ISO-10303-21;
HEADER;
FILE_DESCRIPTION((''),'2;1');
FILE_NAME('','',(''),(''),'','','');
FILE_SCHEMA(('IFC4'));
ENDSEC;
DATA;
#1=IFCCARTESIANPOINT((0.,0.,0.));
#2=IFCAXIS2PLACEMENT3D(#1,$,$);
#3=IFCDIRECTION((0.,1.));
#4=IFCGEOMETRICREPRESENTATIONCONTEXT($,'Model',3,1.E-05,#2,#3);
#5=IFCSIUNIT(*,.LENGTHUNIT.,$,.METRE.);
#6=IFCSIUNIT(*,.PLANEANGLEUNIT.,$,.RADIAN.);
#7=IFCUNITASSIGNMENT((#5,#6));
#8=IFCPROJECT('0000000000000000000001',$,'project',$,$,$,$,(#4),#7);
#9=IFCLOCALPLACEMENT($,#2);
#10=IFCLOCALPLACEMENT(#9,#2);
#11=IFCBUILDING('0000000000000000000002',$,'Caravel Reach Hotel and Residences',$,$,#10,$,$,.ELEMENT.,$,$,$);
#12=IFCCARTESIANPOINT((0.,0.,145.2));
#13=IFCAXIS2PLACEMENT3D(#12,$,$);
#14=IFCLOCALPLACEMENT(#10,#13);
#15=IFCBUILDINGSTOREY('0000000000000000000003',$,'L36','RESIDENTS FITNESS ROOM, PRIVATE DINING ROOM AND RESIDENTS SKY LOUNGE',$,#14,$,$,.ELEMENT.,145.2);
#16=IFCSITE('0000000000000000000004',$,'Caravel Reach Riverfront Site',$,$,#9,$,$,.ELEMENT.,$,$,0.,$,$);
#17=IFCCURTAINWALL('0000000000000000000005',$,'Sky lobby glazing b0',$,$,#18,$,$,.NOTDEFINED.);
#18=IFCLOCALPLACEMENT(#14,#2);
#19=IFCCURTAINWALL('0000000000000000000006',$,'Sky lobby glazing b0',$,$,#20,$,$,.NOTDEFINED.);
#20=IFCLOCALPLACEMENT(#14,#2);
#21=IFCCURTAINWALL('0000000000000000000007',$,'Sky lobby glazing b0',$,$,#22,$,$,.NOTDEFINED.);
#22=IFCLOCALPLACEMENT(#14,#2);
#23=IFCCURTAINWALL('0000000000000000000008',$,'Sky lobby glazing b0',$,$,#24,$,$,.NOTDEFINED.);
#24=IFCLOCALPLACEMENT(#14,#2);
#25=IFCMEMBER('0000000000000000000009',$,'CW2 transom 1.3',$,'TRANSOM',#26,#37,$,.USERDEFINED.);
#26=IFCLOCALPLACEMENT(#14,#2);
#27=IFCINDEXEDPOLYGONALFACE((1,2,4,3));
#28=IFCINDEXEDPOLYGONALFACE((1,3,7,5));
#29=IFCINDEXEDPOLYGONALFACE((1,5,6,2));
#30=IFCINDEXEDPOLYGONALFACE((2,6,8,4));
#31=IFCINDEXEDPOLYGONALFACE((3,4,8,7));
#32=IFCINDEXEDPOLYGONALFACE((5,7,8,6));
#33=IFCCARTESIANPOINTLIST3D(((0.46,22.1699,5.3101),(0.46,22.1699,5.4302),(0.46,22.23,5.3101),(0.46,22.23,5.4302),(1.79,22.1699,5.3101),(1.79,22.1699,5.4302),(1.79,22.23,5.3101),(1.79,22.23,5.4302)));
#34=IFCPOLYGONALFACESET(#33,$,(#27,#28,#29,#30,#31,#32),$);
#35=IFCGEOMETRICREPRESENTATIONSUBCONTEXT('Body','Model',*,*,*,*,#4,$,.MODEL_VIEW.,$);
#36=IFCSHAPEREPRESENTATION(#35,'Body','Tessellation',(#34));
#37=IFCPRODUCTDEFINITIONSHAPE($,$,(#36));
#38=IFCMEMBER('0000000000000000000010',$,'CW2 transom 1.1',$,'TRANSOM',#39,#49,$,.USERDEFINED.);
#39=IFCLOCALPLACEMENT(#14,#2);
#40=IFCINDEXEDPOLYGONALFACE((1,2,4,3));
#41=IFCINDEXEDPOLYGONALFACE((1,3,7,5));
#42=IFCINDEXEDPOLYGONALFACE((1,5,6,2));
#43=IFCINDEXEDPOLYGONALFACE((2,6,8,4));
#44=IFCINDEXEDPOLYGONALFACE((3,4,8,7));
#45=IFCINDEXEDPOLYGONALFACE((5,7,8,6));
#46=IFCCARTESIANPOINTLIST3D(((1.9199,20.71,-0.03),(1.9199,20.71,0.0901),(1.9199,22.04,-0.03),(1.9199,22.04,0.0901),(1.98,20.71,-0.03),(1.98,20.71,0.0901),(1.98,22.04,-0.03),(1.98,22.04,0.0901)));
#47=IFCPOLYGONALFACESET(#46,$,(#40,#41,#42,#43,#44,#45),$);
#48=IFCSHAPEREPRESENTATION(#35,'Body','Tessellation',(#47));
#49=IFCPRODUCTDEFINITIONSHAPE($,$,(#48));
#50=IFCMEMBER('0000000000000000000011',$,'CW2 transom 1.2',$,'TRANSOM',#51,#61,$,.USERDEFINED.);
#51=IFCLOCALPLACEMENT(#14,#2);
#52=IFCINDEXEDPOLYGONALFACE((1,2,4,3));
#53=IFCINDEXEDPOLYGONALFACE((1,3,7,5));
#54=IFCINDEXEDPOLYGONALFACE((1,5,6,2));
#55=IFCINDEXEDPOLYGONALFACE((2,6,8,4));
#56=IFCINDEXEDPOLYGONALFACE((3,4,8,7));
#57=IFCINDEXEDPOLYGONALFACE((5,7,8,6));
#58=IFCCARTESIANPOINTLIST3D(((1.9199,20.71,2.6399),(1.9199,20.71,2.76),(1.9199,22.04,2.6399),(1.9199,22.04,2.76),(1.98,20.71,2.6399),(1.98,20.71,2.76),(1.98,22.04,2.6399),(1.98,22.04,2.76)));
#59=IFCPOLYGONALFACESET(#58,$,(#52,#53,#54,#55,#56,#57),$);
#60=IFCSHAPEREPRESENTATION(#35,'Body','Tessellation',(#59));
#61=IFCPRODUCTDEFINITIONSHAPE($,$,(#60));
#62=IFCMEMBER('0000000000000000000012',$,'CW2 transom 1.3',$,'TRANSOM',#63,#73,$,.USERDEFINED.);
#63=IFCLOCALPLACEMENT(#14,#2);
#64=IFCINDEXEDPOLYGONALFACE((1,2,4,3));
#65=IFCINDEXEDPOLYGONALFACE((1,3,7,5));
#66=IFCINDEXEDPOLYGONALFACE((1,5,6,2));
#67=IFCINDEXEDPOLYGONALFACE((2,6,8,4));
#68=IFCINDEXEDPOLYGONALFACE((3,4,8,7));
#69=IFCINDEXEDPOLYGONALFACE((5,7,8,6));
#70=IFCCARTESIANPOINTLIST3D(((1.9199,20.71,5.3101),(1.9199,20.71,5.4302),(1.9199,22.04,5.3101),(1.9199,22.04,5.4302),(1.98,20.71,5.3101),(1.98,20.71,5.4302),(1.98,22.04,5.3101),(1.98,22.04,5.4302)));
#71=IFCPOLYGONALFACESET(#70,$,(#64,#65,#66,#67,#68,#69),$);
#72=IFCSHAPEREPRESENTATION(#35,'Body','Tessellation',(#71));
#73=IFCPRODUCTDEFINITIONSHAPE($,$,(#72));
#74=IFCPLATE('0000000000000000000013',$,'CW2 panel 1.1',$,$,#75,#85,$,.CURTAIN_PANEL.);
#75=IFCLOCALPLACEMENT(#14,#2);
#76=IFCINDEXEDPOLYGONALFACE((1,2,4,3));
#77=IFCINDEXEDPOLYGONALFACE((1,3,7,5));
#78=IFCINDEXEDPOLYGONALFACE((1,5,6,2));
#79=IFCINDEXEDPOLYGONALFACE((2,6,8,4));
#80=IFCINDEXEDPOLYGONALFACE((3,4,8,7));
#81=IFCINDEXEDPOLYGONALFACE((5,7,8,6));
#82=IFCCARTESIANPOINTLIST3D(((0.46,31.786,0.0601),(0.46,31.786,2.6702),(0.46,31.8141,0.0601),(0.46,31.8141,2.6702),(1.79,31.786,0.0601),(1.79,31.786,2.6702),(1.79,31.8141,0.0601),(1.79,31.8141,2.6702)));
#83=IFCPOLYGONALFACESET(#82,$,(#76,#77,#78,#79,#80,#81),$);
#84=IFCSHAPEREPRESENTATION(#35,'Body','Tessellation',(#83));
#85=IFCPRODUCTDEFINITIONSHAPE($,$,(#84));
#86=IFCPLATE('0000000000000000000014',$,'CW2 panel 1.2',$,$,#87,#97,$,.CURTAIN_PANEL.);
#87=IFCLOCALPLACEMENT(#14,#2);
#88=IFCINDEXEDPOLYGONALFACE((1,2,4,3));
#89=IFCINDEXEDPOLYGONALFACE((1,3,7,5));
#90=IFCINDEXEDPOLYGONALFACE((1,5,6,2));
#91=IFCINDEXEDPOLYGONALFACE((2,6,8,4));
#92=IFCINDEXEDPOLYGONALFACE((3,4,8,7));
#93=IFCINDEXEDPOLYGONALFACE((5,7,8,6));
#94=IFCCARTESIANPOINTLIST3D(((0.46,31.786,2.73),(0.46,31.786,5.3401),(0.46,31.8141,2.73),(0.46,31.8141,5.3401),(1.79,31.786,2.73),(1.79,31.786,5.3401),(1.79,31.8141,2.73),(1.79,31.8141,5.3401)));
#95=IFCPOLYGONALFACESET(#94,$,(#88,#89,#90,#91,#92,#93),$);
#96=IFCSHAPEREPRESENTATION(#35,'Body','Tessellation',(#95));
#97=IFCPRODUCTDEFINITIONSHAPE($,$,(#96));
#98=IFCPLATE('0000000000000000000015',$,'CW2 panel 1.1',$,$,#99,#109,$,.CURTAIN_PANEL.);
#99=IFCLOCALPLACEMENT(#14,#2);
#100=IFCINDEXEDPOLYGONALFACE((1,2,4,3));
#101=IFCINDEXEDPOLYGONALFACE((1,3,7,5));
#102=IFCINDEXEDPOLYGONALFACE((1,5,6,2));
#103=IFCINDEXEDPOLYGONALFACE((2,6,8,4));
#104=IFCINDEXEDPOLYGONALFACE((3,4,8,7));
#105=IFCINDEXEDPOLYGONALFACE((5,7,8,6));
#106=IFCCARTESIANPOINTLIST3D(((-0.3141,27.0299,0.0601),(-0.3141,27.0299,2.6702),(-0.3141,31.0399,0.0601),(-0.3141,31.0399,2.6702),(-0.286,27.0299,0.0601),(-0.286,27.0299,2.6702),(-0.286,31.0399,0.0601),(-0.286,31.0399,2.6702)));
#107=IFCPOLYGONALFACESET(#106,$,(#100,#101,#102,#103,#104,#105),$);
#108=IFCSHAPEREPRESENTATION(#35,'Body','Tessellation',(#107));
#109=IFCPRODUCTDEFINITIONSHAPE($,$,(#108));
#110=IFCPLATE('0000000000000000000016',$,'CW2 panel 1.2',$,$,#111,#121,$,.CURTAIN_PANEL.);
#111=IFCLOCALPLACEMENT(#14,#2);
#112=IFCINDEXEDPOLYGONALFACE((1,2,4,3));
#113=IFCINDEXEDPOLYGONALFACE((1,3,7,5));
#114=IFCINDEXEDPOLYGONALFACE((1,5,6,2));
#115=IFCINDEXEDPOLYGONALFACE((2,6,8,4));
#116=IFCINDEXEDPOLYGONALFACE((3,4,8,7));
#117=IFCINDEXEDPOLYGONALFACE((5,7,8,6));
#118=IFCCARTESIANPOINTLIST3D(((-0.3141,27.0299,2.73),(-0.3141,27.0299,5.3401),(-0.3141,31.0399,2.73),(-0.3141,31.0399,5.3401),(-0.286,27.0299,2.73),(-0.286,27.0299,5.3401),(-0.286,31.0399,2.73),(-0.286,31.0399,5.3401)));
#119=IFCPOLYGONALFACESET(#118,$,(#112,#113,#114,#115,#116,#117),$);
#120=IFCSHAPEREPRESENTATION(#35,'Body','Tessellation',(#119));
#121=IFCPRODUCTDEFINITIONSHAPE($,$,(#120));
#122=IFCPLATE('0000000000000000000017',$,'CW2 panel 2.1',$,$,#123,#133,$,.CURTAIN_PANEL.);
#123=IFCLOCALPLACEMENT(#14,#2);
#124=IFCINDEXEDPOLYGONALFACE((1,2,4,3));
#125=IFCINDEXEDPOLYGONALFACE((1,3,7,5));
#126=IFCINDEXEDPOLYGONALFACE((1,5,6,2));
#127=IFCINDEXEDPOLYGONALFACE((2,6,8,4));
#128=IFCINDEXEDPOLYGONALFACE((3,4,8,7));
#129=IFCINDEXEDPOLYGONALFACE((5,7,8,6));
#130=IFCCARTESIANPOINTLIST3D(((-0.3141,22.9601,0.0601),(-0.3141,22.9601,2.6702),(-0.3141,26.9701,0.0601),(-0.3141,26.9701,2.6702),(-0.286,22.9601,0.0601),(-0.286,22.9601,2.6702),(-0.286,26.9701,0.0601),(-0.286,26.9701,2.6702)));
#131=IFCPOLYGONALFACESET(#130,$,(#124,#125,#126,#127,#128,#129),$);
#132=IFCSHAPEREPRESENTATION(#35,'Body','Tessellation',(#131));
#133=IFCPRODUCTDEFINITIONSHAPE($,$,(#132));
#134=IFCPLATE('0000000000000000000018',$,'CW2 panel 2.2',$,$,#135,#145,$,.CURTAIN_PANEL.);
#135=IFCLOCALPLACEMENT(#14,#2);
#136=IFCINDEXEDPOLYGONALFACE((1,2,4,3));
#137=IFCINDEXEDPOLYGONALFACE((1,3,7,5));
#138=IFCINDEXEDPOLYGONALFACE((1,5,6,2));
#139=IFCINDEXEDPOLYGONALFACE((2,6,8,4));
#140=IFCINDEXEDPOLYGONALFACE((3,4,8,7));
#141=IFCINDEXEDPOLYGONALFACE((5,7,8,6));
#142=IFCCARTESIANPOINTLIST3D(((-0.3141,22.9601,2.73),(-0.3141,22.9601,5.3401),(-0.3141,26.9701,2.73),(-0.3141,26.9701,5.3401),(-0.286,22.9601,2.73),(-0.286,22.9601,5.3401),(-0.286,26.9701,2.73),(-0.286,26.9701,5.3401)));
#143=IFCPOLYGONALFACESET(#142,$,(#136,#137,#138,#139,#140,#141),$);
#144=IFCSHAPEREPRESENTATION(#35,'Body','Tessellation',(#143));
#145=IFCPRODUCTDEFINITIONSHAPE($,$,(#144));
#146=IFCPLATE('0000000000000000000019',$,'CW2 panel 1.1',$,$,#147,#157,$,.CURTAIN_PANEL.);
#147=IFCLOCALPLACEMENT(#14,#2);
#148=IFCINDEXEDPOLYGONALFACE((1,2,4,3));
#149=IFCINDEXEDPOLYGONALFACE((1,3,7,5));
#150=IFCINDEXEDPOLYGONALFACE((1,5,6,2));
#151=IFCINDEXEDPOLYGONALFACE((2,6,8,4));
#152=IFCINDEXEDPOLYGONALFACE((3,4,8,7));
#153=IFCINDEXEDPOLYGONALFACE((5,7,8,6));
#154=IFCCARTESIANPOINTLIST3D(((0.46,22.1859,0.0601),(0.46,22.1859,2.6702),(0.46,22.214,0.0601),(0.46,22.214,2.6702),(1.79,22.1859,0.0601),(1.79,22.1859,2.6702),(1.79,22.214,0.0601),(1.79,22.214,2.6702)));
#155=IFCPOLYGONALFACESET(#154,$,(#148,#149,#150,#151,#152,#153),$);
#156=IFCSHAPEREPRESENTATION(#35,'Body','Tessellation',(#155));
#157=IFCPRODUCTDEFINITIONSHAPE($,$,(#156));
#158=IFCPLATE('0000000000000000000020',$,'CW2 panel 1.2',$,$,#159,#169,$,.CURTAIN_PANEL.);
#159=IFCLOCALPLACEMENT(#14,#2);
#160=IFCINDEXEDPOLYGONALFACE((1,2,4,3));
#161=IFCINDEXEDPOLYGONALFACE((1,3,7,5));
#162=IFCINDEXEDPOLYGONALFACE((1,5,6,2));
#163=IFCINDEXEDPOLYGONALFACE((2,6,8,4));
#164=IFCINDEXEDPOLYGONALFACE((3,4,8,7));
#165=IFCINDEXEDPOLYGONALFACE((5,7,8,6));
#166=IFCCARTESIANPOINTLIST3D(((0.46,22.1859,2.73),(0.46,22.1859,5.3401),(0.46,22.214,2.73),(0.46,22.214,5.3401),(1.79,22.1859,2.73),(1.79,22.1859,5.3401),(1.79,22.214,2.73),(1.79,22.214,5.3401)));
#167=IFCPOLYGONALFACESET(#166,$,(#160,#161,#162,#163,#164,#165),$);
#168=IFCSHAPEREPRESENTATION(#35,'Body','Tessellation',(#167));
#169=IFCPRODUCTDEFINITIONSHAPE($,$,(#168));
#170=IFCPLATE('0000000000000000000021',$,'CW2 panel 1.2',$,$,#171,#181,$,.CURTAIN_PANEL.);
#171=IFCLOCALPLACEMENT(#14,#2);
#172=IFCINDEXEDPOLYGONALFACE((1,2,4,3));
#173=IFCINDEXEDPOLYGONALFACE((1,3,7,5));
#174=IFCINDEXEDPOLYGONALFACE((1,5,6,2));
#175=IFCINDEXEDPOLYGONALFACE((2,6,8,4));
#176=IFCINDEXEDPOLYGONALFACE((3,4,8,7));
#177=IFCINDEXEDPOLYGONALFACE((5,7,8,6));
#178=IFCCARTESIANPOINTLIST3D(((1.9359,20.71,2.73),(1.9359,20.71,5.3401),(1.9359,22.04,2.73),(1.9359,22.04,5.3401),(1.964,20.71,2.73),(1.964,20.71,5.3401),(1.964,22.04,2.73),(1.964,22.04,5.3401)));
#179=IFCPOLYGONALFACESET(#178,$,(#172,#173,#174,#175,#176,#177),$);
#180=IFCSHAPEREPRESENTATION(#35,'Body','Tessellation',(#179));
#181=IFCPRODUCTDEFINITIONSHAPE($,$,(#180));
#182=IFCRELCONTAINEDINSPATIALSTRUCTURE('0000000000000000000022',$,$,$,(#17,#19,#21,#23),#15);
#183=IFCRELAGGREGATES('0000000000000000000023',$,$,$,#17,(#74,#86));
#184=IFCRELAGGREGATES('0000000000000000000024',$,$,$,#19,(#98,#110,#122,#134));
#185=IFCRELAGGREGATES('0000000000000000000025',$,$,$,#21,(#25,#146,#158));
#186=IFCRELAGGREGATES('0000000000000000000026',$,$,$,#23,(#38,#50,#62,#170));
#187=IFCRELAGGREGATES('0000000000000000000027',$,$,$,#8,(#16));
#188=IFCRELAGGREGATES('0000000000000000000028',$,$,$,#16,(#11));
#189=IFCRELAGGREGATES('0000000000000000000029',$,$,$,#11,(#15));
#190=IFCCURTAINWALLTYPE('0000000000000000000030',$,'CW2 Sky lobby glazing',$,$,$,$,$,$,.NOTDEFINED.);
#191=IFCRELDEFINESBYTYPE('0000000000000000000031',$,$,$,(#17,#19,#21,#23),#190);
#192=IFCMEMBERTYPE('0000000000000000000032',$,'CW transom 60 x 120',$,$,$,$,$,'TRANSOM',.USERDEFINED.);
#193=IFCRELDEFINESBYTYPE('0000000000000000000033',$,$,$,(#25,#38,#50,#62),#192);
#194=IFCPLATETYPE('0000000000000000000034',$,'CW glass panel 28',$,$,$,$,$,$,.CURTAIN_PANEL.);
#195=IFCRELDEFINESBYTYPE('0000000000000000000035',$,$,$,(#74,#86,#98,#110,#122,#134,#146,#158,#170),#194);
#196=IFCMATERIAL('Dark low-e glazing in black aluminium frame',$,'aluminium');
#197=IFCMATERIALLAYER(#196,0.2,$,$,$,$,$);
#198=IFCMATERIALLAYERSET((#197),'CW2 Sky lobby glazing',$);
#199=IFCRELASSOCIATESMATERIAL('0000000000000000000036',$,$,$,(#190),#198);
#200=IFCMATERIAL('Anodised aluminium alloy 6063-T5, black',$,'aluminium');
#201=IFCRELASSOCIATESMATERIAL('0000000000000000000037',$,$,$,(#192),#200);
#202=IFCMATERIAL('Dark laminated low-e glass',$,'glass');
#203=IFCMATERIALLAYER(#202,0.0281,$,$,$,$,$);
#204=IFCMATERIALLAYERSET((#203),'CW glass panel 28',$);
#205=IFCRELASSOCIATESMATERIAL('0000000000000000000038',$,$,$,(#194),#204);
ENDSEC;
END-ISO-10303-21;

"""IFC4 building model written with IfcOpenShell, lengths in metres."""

from ifc_helpers import new_model, si_unit, direction, frame, origin, origin_2d, place, context, subcontext, project, spatial, rectangle, extrude, material, layer, layer_set, material_profile, profile_set, type_object, element, aggregate, save


model = new_model("IFC4")

# Units and contexts
model_context = context("Model", 3, precision=1e-05, world=origin(), true_north=direction((0.0, 1.0)))
body_context = subcontext(model_context, "Body", "Model", "MODEL_VIEW")
ifc_project = project(units=[si_unit("LENGTHUNIT", "METRE"), si_unit("PLANEANGLEUNIT", "RADIAN")], contexts=[model_context])

# Site, building, storey
site_placement = place(None, origin())
site = spatial("IfcSite", under=ifc_project, at=site_placement, Name="Caravel Reach Riverfront Site", CompositionType="ELEMENT", RefElevation=0.0)
building_placement = place(site_placement, origin())
building = spatial("IfcBuilding", under=site, at=building_placement, Name="Caravel Reach Hotel and Residences", CompositionType="ELEMENT")
storey_placement = place(building_placement, frame((0.0, 0.0, 145.2)))
storey = spatial("IfcBuildingStorey", under=building, at=storey_placement, Name="L36", Description="RESIDENTS FITNESS ROOM, PRIVATE DINING ROOM AND RESIDENTS SKY LOUNGE", CompositionType="ELEMENT", Elevation=145.2)

# Curtain wall
ifc_material_1 = material(Name="Dark low-e glazing in black aluminium frame", Category="aluminium")
ifc_layer_1 = layer(ifc_material_1, 0.2)
ifc_layer_set_1 = layer_set([ifc_layer_1], Name="CW2 Sky lobby glazing")
curtain_wall_type = type_object("IfcCurtainWallType", Name="CW2 Sky lobby glazing", PredefinedType="NOTDEFINED", material=ifc_layer_set_1)
curtain_wall_1_placement = place(storey_placement, origin())
curtain_wall_1 = element("IfcCurtainWall", 1, at=curtain_wall_1_placement, inside=storey, type_object=curtain_wall_type, Name="Sky lobby glazing b0", PredefinedType="NOTDEFINED")

# Curtain walls
curtain_wall_2_placement = place(storey_placement, origin())
curtain_wall_2 = element("IfcCurtainWall", 2, at=curtain_wall_2_placement, inside=storey, type_object=curtain_wall_type, Name="Sky lobby glazing b0", PredefinedType="NOTDEFINED")
curtain_wall_3_placement = place(storey_placement, origin())
curtain_wall_3 = element("IfcCurtainWall", 3, at=curtain_wall_3_placement, inside=storey, type_object=curtain_wall_type, Name="Sky lobby glazing b0", PredefinedType="NOTDEFINED")

# Curtain wall
curtain_wall_4_placement = place(storey_placement, origin())
curtain_wall_4 = element("IfcCurtainWall", 4, at=curtain_wall_4_placement, inside=storey, type_object=curtain_wall_type, Name="Sky lobby glazing b0", PredefinedType="NOTDEFINED")

# Members
ifc_material_2 = material(Name="Anodised aluminium alloy 6063-T5, black", Category="aluminium")
ifc_material_profile_1 = material_profile(ifc_material_2, rectangle(XDim=0.0601, YDim=0.1201, at=origin_2d()), Name="CW transom 60 x 120")
ifc_profile_set_1 = profile_set([ifc_material_profile_1], Name="Anodised aluminium alloy 6063-T5, black")
member_type_1 = type_object("IfcMemberType", Name="CW transom 60 x 120", ElementType="TRANSOM", PredefinedType="USERDEFINED", material=ifc_profile_set_1)
member_1_placement = place(storey_placement, frame((0.46, 22.2, 5.3701), z_axis=(1.0, 0.0, 0.0), x_axis=(0.0, 1.0, 0.0)))
member_1 = element("IfcMember", 5, at=member_1_placement, type_object=member_type_1, Name="CW2 transom 1.3", ObjectType="TRANSOM", PredefinedType="USERDEFINED", context=body_context, shape_type="SweptSolid", body=[
    extrude(rectangle(XDim=0.0601, YDim=0.1201, at=origin_2d()), origin(), (0.0, 0.0, 1.0), 1.3301),
])
member_2_placement = place(storey_placement, frame((1.95, 22.04, 0.03), z_axis=(0.0, -1.0, 0.0), x_axis=(1.0, 0.0, 0.0)))
member_2 = element("IfcMember", 6, at=member_2_placement, type_object=member_type_1, Name="CW2 transom 1.1", ObjectType="TRANSOM", PredefinedType="USERDEFINED", context=body_context, shape_type="SweptSolid", body=[
    extrude(rectangle(XDim=0.0601, YDim=0.1201, at=origin_2d()), origin(), (0.0, 0.0, 1.0), 1.3301),
])
member_3_placement = place(storey_placement, frame((1.95, 22.04, 2.7), z_axis=(0.0, -1.0, 0.0), x_axis=(1.0, 0.0, 0.0)))
member_3 = element("IfcMember", 7, at=member_3_placement, type_object=member_type_1, Name="CW2 transom 1.2", ObjectType="TRANSOM", PredefinedType="USERDEFINED", context=body_context, shape_type="SweptSolid", body=[
    extrude(rectangle(XDim=0.0601, YDim=0.1201, at=origin_2d()), origin(), (0.0, 0.0, 1.0), 1.3301),
])
member_4_placement = place(storey_placement, frame((1.95, 22.04, 5.3701), z_axis=(0.0, -1.0, 0.0), x_axis=(1.0, 0.0, 0.0)))
member_4 = element("IfcMember", 8, at=member_4_placement, type_object=member_type_1, Name="CW2 transom 1.3", ObjectType="TRANSOM", PredefinedType="USERDEFINED", context=body_context, shape_type="SweptSolid", body=[
    extrude(rectangle(XDim=0.0601, YDim=0.1201, at=origin_2d()), origin(), (0.0, 0.0, 1.0), 1.3301),
])

# Plates
ifc_material_3 = material(Name="Dark laminated low-e glass", Category="glass")
ifc_layer_2 = layer(ifc_material_3, 0.0281)
ifc_layer_set_2 = layer_set([ifc_layer_2], Name="CW glass panel 28")
plate_type = type_object("IfcPlateType", Name="CW glass panel 28", PredefinedType="CURTAIN_PANEL", material=ifc_layer_set_2)
plate_1_placement = place(storey_placement, frame((1.125, 31.8, 0.0601), z_axis=(0.0, 0.0, 1.0), x_axis=(-1.0, 0.0, 0.0)))
plate_1 = element("IfcPlate", 9, at=plate_1_placement, type_object=plate_type, Name="CW2 panel 1.1", PredefinedType="CURTAIN_PANEL", context=body_context, shape_type="SweptSolid", body=[
    extrude(rectangle(XDim=1.3301, YDim=0.0281, at=origin_2d()), origin(), (0.0, 0.0, 1.0), 2.6101),
])
plate_2_placement = place(storey_placement, frame((1.125, 31.8, 2.73), z_axis=(0.0, 0.0, 1.0), x_axis=(-1.0, 0.0, 0.0)))
plate_2 = element("IfcPlate", 10, at=plate_2_placement, type_object=plate_type, Name="CW2 panel 1.2", PredefinedType="CURTAIN_PANEL", context=body_context, shape_type="SweptSolid", body=[
    extrude(rectangle(XDim=1.3301, YDim=0.0281, at=origin_2d()), origin(), (0.0, 0.0, 1.0), 2.6101),
])
aggregate(curtain_wall_1, [plate_1, plate_2])
plate_3_placement = place(storey_placement, frame((-0.3, 29.0349, 0.0601), z_axis=(0.0, 0.0, 1.0), x_axis=(0.0, -1.0, 0.0)))
plate_3 = element("IfcPlate", 11, at=plate_3_placement, type_object=plate_type, Name="CW2 panel 1.1", PredefinedType="CURTAIN_PANEL", context=body_context, shape_type="SweptSolid", body=[
    extrude(rectangle(XDim=4.01, YDim=0.0281, at=origin_2d()), origin(), (0.0, 0.0, 1.0), 2.6101),
])
plate_4_placement = place(storey_placement, frame((-0.3, 29.0349, 2.73), z_axis=(0.0, 0.0, 1.0), x_axis=(0.0, -1.0, 0.0)))
plate_4 = element("IfcPlate", 12, at=plate_4_placement, type_object=plate_type, Name="CW2 panel 1.2", PredefinedType="CURTAIN_PANEL", context=body_context, shape_type="SweptSolid", body=[
    extrude(rectangle(XDim=4.01, YDim=0.0281, at=origin_2d()), origin(), (0.0, 0.0, 1.0), 2.6101),
])
plate_5_placement = place(storey_placement, frame((-0.3, 24.9651, 0.0601), z_axis=(0.0, 0.0, 1.0), x_axis=(0.0, -1.0, 0.0)))
plate_5 = element("IfcPlate", 13, at=plate_5_placement, type_object=plate_type, Name="CW2 panel 2.1", PredefinedType="CURTAIN_PANEL", context=body_context, shape_type="SweptSolid", body=[
    extrude(rectangle(XDim=4.01, YDim=0.0281, at=origin_2d()), origin(), (0.0, 0.0, 1.0), 2.6101),
])
plate_6_placement = place(storey_placement, frame((-0.3, 24.9651, 2.73), z_axis=(0.0, 0.0, 1.0), x_axis=(0.0, -1.0, 0.0)))
plate_6 = element("IfcPlate", 14, at=plate_6_placement, type_object=plate_type, Name="CW2 panel 2.2", PredefinedType="CURTAIN_PANEL", context=body_context, shape_type="SweptSolid", body=[
    extrude(rectangle(XDim=4.01, YDim=0.0281, at=origin_2d()), origin(), (0.0, 0.0, 1.0), 2.6101),
])
aggregate(curtain_wall_2, [plate_3, plate_4, plate_5, plate_6])
plate_7_placement = place(storey_placement, frame((1.125, 22.2, 0.0601), z_axis=(0.0, 0.0, 1.0), x_axis=(1.0, 0.0, 0.0)))
plate_7 = element("IfcPlate", 15, at=plate_7_placement, type_object=plate_type, Name="CW2 panel 1.1", PredefinedType="CURTAIN_PANEL", context=body_context, shape_type="SweptSolid", body=[
    extrude(rectangle(XDim=1.3301, YDim=0.0281, at=origin_2d()), origin(), (0.0, 0.0, 1.0), 2.6101),
])
plate_8_placement = place(storey_placement, frame((1.125, 22.2, 2.73), z_axis=(0.0, 0.0, 1.0), x_axis=(1.0, 0.0, 0.0)))
plate_8 = element("IfcPlate", 16, at=plate_8_placement, type_object=plate_type, Name="CW2 panel 1.2", PredefinedType="CURTAIN_PANEL", context=body_context, shape_type="SweptSolid", body=[
    extrude(rectangle(XDim=1.3301, YDim=0.0281, at=origin_2d()), origin(), (0.0, 0.0, 1.0), 2.6101),
])
aggregate(curtain_wall_3, [member_1, plate_7, plate_8])
plate_9_placement = place(storey_placement, frame((1.95, 21.375, 2.73), z_axis=(0.0, 0.0, 1.0), x_axis=(0.0, -1.0, 0.0)))
plate_9 = element("IfcPlate", 17, at=plate_9_placement, type_object=plate_type, Name="CW2 panel 1.2", PredefinedType="CURTAIN_PANEL", context=body_context, shape_type="SweptSolid", body=[
    extrude(rectangle(XDim=1.3301, YDim=0.0281, at=origin_2d()), origin(), (0.0, 0.0, 1.0), 2.6101),
])
aggregate(curtain_wall_4, [member_2, member_3, member_4, plate_9])

save(model, "model.ifc")
